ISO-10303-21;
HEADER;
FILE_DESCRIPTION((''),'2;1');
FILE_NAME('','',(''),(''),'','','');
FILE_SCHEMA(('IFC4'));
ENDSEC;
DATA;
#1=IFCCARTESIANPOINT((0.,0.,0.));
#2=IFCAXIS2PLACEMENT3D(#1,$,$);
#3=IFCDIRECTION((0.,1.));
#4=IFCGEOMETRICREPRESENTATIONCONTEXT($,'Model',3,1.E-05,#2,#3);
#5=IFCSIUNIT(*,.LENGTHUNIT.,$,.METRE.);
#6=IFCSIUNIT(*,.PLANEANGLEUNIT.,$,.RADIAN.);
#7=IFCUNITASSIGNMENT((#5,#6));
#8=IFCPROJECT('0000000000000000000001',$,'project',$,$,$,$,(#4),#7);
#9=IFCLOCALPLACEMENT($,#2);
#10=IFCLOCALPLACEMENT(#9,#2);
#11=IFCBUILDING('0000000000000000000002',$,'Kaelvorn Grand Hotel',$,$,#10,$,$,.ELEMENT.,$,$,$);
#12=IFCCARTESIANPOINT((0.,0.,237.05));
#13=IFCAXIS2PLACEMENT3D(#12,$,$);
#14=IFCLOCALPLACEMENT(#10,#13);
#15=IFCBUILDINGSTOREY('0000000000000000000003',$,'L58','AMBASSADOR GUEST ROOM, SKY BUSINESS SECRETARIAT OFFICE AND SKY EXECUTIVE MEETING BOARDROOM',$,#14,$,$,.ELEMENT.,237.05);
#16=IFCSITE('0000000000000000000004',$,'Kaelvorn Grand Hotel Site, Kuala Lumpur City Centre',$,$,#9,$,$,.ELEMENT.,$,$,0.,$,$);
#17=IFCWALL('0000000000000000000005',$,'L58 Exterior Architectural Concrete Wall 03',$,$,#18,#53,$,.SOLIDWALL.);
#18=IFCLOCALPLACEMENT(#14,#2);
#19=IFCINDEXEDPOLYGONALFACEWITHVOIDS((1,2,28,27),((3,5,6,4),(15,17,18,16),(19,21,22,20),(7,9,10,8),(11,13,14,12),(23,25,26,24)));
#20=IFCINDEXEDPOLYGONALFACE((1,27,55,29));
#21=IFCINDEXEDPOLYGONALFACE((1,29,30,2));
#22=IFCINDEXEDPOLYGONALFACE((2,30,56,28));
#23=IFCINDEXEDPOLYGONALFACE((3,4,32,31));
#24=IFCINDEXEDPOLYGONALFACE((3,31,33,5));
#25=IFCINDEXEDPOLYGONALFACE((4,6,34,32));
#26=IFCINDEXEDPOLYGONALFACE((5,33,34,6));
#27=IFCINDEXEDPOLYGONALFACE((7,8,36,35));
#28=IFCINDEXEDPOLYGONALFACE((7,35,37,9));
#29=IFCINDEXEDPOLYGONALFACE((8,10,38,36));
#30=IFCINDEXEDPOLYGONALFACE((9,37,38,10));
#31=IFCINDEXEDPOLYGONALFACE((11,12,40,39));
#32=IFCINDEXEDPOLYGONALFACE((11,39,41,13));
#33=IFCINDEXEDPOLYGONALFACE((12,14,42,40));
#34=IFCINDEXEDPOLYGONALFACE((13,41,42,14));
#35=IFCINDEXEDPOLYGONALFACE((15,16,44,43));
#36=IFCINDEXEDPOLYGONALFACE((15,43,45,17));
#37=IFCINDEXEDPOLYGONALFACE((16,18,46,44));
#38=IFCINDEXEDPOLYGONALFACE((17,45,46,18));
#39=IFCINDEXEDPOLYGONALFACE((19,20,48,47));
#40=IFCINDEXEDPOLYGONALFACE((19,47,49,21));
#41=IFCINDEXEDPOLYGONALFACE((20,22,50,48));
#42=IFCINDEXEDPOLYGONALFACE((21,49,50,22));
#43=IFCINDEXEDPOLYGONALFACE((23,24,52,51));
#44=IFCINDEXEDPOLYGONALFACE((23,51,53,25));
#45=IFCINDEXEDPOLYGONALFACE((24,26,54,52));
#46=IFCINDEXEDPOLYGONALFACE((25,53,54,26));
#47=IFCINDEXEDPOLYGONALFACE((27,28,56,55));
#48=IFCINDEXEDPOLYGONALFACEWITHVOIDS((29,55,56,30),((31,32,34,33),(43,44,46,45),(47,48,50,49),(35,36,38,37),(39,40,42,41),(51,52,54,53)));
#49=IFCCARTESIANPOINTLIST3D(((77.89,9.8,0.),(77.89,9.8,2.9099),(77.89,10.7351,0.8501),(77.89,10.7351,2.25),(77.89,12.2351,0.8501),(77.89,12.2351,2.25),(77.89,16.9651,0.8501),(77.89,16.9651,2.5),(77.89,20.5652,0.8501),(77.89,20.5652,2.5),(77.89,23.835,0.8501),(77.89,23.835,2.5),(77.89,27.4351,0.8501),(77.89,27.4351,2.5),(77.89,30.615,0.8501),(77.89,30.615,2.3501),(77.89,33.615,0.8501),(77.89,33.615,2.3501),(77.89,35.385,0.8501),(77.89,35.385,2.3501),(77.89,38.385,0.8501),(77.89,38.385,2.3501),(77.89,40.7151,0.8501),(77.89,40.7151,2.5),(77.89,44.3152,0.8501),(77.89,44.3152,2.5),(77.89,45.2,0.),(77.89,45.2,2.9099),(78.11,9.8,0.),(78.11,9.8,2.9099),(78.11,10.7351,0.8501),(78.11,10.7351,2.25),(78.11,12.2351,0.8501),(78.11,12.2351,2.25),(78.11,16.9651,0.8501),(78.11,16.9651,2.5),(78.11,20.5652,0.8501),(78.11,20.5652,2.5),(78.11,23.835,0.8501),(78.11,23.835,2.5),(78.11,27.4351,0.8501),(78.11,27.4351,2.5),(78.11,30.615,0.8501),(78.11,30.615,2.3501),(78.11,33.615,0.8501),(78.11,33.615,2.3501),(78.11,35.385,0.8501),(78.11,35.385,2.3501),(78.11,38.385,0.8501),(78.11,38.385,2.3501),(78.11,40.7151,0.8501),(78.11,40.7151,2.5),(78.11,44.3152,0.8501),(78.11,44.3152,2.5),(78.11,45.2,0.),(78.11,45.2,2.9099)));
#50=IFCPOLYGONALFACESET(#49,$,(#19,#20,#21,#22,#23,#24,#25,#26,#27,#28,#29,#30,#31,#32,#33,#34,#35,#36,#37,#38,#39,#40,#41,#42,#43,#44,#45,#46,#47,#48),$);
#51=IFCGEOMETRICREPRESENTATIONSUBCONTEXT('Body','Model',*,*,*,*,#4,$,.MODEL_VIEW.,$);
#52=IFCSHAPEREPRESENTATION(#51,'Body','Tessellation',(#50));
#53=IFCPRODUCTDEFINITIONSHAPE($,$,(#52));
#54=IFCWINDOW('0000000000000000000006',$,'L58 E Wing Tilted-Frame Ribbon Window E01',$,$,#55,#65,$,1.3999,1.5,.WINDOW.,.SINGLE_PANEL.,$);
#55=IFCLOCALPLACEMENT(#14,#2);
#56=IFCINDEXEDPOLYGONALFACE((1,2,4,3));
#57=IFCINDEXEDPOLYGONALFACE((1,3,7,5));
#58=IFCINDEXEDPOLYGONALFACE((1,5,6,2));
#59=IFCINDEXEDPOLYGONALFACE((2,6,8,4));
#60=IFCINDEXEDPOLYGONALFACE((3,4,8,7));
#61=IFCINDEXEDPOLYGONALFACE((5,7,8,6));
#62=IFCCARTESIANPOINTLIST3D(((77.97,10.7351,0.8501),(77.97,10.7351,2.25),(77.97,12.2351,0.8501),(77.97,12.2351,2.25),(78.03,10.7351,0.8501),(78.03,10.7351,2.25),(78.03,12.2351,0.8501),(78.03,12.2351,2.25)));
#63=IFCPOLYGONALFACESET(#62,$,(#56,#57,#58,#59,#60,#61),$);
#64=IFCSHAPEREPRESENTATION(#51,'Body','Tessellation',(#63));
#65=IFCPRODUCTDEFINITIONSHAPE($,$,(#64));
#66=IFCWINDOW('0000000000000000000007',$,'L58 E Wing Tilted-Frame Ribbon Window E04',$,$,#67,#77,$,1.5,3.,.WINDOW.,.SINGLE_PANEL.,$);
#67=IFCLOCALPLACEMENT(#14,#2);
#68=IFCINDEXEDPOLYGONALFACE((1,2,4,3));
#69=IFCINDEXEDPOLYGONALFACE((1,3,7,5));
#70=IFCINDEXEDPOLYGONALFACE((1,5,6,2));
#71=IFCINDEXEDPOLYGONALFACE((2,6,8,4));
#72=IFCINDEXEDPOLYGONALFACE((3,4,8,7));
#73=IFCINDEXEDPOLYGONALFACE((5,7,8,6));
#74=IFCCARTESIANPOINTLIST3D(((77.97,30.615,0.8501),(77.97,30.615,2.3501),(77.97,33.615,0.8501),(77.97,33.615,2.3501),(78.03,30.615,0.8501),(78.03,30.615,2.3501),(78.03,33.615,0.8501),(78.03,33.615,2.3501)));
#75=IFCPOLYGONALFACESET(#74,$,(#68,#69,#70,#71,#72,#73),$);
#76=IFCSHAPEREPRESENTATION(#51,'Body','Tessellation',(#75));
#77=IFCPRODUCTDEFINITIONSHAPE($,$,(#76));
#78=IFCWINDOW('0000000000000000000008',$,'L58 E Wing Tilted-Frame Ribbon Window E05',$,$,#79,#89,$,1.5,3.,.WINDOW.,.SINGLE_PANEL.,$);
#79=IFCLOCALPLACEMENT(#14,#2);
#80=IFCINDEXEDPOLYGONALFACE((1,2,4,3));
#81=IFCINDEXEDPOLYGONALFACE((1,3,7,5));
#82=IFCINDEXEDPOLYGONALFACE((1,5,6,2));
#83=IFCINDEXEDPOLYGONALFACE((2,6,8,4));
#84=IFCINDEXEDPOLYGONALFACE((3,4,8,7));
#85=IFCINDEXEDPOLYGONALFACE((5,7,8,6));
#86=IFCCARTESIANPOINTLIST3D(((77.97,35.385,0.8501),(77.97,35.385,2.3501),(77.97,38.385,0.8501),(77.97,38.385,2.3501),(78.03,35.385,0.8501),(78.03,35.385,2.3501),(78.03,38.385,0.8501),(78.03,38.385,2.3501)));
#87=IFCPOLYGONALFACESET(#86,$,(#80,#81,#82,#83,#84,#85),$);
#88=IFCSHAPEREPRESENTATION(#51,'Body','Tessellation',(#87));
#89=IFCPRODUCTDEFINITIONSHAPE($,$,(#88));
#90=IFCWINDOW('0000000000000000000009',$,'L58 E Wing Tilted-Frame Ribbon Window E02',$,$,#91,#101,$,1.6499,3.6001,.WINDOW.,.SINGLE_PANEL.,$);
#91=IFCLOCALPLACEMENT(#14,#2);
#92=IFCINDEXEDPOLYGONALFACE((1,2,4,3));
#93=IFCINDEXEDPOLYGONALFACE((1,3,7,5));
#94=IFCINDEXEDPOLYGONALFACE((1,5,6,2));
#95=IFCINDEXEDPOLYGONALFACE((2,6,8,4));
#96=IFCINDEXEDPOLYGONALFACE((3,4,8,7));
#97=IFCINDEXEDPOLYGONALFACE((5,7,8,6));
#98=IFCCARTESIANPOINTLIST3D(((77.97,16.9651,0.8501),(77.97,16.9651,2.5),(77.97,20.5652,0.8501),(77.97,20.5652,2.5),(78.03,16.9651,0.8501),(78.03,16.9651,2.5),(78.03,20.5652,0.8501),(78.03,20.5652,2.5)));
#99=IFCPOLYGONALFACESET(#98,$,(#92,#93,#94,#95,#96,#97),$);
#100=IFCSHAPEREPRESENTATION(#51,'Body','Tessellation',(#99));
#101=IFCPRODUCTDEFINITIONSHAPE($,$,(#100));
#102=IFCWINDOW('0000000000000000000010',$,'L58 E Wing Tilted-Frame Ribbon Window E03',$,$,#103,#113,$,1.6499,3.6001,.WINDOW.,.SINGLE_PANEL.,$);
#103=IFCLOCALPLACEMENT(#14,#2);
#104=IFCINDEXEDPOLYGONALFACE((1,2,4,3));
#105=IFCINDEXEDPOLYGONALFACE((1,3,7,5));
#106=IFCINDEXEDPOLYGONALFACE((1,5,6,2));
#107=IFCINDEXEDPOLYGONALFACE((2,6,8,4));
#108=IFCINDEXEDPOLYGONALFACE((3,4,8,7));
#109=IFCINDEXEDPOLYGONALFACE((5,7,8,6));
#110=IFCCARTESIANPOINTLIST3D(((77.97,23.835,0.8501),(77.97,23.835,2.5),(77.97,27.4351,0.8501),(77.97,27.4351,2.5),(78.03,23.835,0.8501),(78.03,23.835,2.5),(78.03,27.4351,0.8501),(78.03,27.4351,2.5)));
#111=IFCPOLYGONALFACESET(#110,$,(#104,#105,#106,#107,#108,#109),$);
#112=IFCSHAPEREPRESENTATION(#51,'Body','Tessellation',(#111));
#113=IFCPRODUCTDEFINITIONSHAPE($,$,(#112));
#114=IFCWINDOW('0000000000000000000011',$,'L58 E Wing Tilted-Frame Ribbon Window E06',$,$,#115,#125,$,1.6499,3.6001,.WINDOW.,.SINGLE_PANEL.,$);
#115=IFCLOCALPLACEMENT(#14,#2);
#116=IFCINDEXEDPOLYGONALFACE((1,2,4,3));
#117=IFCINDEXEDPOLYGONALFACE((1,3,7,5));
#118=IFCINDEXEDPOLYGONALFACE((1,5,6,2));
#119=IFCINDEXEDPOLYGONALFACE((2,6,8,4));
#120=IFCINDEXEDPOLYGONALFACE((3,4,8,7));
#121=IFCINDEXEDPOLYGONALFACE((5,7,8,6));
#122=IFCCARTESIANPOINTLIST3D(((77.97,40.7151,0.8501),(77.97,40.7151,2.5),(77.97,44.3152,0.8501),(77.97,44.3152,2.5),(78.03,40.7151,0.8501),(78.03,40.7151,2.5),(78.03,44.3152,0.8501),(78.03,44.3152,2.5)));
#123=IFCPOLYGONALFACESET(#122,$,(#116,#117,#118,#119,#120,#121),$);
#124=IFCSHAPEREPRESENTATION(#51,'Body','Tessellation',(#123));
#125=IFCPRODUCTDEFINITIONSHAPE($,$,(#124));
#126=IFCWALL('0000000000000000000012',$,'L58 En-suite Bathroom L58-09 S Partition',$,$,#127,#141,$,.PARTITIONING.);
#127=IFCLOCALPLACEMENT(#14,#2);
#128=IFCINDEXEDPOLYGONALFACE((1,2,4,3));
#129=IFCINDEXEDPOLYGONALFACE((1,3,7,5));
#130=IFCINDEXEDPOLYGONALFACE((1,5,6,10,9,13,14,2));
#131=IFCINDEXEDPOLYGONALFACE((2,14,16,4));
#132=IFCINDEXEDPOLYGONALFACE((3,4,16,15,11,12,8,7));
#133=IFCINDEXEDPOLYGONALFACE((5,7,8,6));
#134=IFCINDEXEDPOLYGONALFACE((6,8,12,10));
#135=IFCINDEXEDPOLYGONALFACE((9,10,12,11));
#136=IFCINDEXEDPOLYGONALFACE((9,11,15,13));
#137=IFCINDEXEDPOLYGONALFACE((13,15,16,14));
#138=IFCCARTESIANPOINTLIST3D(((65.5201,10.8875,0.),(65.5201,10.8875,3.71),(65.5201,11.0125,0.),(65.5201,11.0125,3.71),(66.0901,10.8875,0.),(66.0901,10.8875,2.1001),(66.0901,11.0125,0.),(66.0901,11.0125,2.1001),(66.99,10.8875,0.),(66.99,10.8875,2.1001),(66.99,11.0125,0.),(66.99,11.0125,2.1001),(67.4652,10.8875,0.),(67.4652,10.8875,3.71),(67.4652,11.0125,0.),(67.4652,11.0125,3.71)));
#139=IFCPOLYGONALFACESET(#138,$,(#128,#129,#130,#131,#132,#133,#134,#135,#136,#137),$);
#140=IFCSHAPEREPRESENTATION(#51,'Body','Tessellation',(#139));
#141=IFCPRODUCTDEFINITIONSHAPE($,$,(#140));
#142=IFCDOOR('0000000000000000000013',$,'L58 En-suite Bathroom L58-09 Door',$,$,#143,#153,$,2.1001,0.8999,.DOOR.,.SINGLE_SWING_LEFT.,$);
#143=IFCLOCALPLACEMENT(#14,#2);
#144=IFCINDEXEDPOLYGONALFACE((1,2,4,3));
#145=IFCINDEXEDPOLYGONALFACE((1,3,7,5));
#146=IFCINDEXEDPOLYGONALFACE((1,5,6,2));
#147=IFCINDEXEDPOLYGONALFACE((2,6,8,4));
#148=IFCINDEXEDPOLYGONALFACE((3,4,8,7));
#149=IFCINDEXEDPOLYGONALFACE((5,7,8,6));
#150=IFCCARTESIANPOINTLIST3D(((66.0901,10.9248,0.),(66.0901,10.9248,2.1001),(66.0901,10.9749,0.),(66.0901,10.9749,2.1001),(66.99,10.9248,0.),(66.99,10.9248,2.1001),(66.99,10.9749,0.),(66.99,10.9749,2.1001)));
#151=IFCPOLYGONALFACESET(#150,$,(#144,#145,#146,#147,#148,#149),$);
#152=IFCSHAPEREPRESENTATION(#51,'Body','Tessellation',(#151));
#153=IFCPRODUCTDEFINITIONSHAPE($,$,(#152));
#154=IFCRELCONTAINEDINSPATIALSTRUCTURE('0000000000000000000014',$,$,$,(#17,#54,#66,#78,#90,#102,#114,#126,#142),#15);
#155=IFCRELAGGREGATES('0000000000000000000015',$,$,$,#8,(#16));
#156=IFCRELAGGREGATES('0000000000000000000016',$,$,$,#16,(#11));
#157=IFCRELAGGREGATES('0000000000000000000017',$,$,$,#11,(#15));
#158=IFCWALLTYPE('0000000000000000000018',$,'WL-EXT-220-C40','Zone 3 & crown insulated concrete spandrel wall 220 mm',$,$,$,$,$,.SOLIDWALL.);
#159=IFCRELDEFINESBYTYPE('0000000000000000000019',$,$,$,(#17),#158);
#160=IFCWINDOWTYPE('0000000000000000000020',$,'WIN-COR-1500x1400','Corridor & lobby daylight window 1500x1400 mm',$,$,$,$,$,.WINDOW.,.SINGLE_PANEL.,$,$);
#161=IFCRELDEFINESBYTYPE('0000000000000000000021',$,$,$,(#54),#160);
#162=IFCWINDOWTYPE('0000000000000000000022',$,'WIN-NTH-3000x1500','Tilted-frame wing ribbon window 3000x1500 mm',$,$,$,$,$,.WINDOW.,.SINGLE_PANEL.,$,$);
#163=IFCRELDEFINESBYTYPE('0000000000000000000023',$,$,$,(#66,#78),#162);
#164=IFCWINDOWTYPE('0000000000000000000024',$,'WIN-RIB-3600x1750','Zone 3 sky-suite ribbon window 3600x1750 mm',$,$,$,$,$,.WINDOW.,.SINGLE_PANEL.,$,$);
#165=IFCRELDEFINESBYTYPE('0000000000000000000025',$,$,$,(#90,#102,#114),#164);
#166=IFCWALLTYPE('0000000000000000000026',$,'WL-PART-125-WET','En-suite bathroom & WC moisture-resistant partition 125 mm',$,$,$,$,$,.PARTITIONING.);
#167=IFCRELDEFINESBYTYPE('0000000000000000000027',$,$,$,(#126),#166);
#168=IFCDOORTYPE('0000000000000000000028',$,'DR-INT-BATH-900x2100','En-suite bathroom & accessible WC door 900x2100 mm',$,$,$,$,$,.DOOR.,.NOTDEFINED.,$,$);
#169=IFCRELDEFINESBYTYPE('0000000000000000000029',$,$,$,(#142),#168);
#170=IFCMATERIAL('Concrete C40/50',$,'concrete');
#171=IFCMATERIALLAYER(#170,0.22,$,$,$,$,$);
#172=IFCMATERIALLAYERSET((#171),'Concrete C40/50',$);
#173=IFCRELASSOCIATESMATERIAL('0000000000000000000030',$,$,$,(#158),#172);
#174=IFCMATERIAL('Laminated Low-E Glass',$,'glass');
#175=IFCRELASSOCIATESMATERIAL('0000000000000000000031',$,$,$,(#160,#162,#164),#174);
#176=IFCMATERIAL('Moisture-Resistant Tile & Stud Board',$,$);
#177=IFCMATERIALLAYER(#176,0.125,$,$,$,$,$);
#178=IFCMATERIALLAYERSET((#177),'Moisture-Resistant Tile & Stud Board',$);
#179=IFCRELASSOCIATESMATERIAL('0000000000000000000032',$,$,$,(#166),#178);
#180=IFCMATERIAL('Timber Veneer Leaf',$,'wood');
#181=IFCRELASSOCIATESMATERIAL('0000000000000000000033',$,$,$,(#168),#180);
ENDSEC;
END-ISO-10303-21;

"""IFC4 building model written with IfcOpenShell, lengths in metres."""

from ifc_helpers import new_model, si_unit, direction, frame, frame_2d, origin, place, context, subcontext, project, spatial, rectangle, extrude, material, layer, layer_set, type_object, element, fill, save


model = new_model("IFC4")

# Units and contexts
model_context = context("Model", 3, precision=1e-05, world=origin(), true_north=direction((0.0, 1.0)))
body_context = subcontext(model_context, "Body", "Model", "MODEL_VIEW")
ifc_project = project(units=[si_unit("LENGTHUNIT", "METRE"), si_unit("PLANEANGLEUNIT", "RADIAN")], contexts=[model_context])

# Site, building, storey
site_placement = place(None, origin())
site = spatial("IfcSite", under=ifc_project, at=site_placement, Name="Kaelvorn Grand Hotel Site, Kuala Lumpur City Centre", CompositionType="ELEMENT", RefElevation=0.0)
building_placement = place(site_placement, origin())
building = spatial("IfcBuilding", under=site, at=building_placement, Name="Kaelvorn Grand Hotel", CompositionType="ELEMENT")
storey_placement = place(building_placement, frame((0.0, 0.0, 237.05)))
storey = spatial("IfcBuildingStorey", under=building, at=storey_placement, Name="L58", Description="AMBASSADOR GUEST ROOM, SKY BUSINESS SECRETARIAT OFFICE AND SKY EXECUTIVE MEETING BOARDROOM", CompositionType="ELEMENT", Elevation=237.05)

# Shared definitions
ifc_material_1 = material(Name="Concrete C40/50", Category="concrete")

# Shared definitions
ifc_layer_1 = layer(ifc_material_1, 0.22)
ifc_layer_set_1 = layer_set([ifc_layer_1], Name="Concrete C40/50")
wall_type_1 = type_object("IfcWallType", Name="WL-EXT-220-C40", Description="Zone 3 & crown insulated concrete spandrel wall 220 mm", PredefinedType="SOLIDWALL", material=ifc_layer_set_1)
ifc_material_2 = material(Name="Laminated Low-E Glass", Category="glass")

# Wall, openings, windows
wall_1_placement = place(storey_placement, frame((78.0, 9.8, 0.0), z_axis=(0.0, 0.0, 1.0), x_axis=(0.0, 1.0, 0.0)))
wall_1 = element("IfcWall", 1, at=wall_1_placement, inside=storey, type_object=wall_type_1, Name="L58 Exterior Architectural Concrete Wall 03", PredefinedType="SOLIDWALL", context=body_context, shape_type="SweptSolid", body=[
    extrude(rectangle(XDim=35.3999, YDim=0.22, at=frame_2d((17.7, 0.0))), origin(), (0.0, 0.0, 1.0), 2.9099),
])
opening_1_placement = place(wall_1_placement, frame((0.9351, 0.0, 0.8501)))
opening_1 = element("IfcOpeningElement", 2, at=opening_1_placement, cuts=wall_1, PredefinedType="OPENING", context=body_context, shape_type="SweptSolid", body=[
    extrude(rectangle(XDim=1.5, YDim=1.3999, at=frame_2d((0.75, 0.7))), frame((0.0, 0.1201, 0.0), z_axis=(0.0, -1.0, 0.0), x_axis=(1.0, 0.0, 0.0)), (0.0, 0.0, 1.0), 0.24),
])
opening_2_placement = place(wall_1_placement, frame((7.165, 0.0, 0.8501)))
opening_2 = element("IfcOpeningElement", 3, at=opening_2_placement, cuts=wall_1, PredefinedType="OPENING", context=body_context, shape_type="SweptSolid", body=[
    extrude(rectangle(XDim=3.6001, YDim=1.6499, at=frame_2d((1.8, 0.825))), frame((0.0, 0.1201, 0.0), z_axis=(0.0, -1.0, 0.0), x_axis=(1.0, 0.0, 0.0)), (0.0, 0.0, 1.0), 0.24),
])
opening_3_placement = place(wall_1_placement, frame((14.0349, 0.0, 0.8501)))
opening_3 = element("IfcOpeningElement", 4, at=opening_3_placement, cuts=wall_1, PredefinedType="OPENING", context=body_context, shape_type="SweptSolid", body=[
    extrude(rectangle(XDim=3.6001, YDim=1.6499, at=frame_2d((1.8, 0.825))), frame((0.0, 0.1201, 0.0), z_axis=(0.0, -1.0, 0.0), x_axis=(1.0, 0.0, 0.0)), (0.0, 0.0, 1.0), 0.24),
])
opening_4_placement = place(wall_1_placement, frame((20.8149, 0.0, 0.8501)))
opening_4 = element("IfcOpeningElement", 5, at=opening_4_placement, cuts=wall_1, PredefinedType="OPENING", context=body_context, shape_type="SweptSolid", body=[
    extrude(rectangle(XDim=3.0, YDim=1.5, at=frame_2d((1.5, 0.75))), frame((0.0, 0.1201, 0.0), z_axis=(0.0, -1.0, 0.0), x_axis=(1.0, 0.0, 0.0)), (0.0, 0.0, 1.0), 0.24),
])
opening_5_placement = place(wall_1_placement, frame((25.585, 0.0, 0.8501)))
opening_5 = element("IfcOpeningElement", 6, at=opening_5_placement, cuts=wall_1, PredefinedType="OPENING", context=body_context, shape_type="SweptSolid", body=[
    extrude(rectangle(XDim=3.0, YDim=1.5, at=frame_2d((1.5, 0.75))), frame((0.0, 0.1201, 0.0), z_axis=(0.0, -1.0, 0.0), x_axis=(1.0, 0.0, 0.0)), (0.0, 0.0, 1.0), 0.24),
])
opening_6_placement = place(wall_1_placement, frame((30.915, 0.0, 0.8501)))
opening_6 = element("IfcOpeningElement", 7, at=opening_6_placement, cuts=wall_1, PredefinedType="OPENING", context=body_context, shape_type="SweptSolid", body=[
    extrude(rectangle(XDim=3.6001, YDim=1.6499, at=frame_2d((1.8, 0.825))), frame((0.0, 0.1201, 0.0), z_axis=(0.0, -1.0, 0.0), x_axis=(1.0, 0.0, 0.0)), (0.0, 0.0, 1.0), 0.24),
])
window_type_1 = type_object("IfcWindowType", Name="WIN-COR-1500x1400", Description="Corridor & lobby daylight window 1500x1400 mm", PartitioningType="SINGLE_PANEL", PredefinedType="WINDOW", material=ifc_material_2)
window_1_placement = place(opening_1_placement, origin())
window_1 = element("IfcWindow", 8, at=window_1_placement, inside=storey, type_object=window_type_1, Name="L58 E Wing Tilted-Frame Ribbon Window E01", OverallHeight=1.3999, OverallWidth=1.5, PartitioningType="SINGLE_PANEL", PredefinedType="WINDOW", context=body_context, shape_type="SweptSolid", body=[
    extrude(rectangle(XDim=1.5, YDim=1.3999, at=frame_2d((0.75, 0.7))), frame((0.0, 0.03, 0.0), z_axis=(0.0, -1.0, 0.0), x_axis=(1.0, 0.0, 0.0)), (0.0, 0.0, 1.0), 0.0601),
])
fill(opening_1, window_1)
window_type_2 = type_object("IfcWindowType", Name="WIN-NTH-3000x1500", Description="Tilted-frame wing ribbon window 3000x1500 mm", PartitioningType="SINGLE_PANEL", PredefinedType="WINDOW", material=ifc_material_2)
window_2_placement = place(opening_4_placement, origin())
window_2 = element("IfcWindow", 9, at=window_2_placement, inside=storey, type_object=window_type_2, Name="L58 E Wing Tilted-Frame Ribbon Window E04", OverallHeight=1.5, OverallWidth=3.0, PartitioningType="SINGLE_PANEL", PredefinedType="WINDOW", context=body_context, shape_type="SweptSolid", body=[
    extrude(rectangle(XDim=3.0, YDim=1.5, at=frame_2d((1.5, 0.75))), frame((0.0, 0.03, 0.0), z_axis=(0.0, -1.0, 0.0), x_axis=(1.0, 0.0, 0.0)), (0.0, 0.0, 1.0), 0.0601),
])
fill(opening_4, window_2)
window_3_placement = place(opening_5_placement, origin())
window_3 = element("IfcWindow", 10, at=window_3_placement, inside=storey, type_object=window_type_2, Name="L58 E Wing Tilted-Frame Ribbon Window E05", OverallHeight=1.5, OverallWidth=3.0, PartitioningType="SINGLE_PANEL", PredefinedType="WINDOW", context=body_context, shape_type="SweptSolid", body=[
    extrude(rectangle(XDim=3.0, YDim=1.5, at=frame_2d((1.5, 0.75))), frame((0.0, 0.03, 0.0), z_axis=(0.0, -1.0, 0.0), x_axis=(1.0, 0.0, 0.0)), (0.0, 0.0, 1.0), 0.0601),
])
fill(opening_5, window_3)
window_type_3 = type_object("IfcWindowType", Name="WIN-RIB-3600x1750", Description="Zone 3 sky-suite ribbon window 3600x1750 mm", PartitioningType="SINGLE_PANEL", PredefinedType="WINDOW", material=ifc_material_2)
window_4_placement = place(opening_2_placement, origin())
window_4 = element("IfcWindow", 11, at=window_4_placement, inside=storey, type_object=window_type_3, Name="L58 E Wing Tilted-Frame Ribbon Window E02", OverallHeight=1.6499, OverallWidth=3.6001, PartitioningType="SINGLE_PANEL", PredefinedType="WINDOW", context=body_context, shape_type="SweptSolid", body=[
    extrude(rectangle(XDim=3.6001, YDim=1.6499, at=frame_2d((1.8, 0.825))), frame((0.0, 0.03, 0.0), z_axis=(0.0, -1.0, 0.0), x_axis=(1.0, 0.0, 0.0)), (0.0, 0.0, 1.0), 0.0601),
])
fill(opening_2, window_4)
window_5_placement = place(opening_3_placement, origin())
window_5 = element("IfcWindow", 12, at=window_5_placement, inside=storey, type_object=window_type_3, Name="L58 E Wing Tilted-Frame Ribbon Window E03", OverallHeight=1.6499, OverallWidth=3.6001, PartitioningType="SINGLE_PANEL", PredefinedType="WINDOW", context=body_context, shape_type="SweptSolid", body=[
    extrude(rectangle(XDim=3.6001, YDim=1.6499, at=frame_2d((1.8, 0.825))), frame((0.0, 0.03, 0.0), z_axis=(0.0, -1.0, 0.0), x_axis=(1.0, 0.0, 0.0)), (0.0, 0.0, 1.0), 0.0601),
])
fill(opening_3, window_5)
window_6_placement = place(opening_6_placement, origin())
window_6 = element("IfcWindow", 13, at=window_6_placement, inside=storey, type_object=window_type_3, Name="L58 E Wing Tilted-Frame Ribbon Window E06", OverallHeight=1.6499, OverallWidth=3.6001, PartitioningType="SINGLE_PANEL", PredefinedType="WINDOW", context=body_context, shape_type="SweptSolid", body=[
    extrude(rectangle(XDim=3.6001, YDim=1.6499, at=frame_2d((1.8, 0.825))), frame((0.0, 0.03, 0.0), z_axis=(0.0, -1.0, 0.0), x_axis=(1.0, 0.0, 0.0)), (0.0, 0.0, 1.0), 0.0601),
])
fill(opening_6, window_6)

# Wall, opening, door
ifc_material_3 = material(Name="Moisture-Resistant Tile & Stud Board")
ifc_layer_2 = layer(ifc_material_3, 0.125)
ifc_layer_set_2 = layer_set([ifc_layer_2], Name="Moisture-Resistant Tile & Stud Board")
wall_type_2 = type_object("IfcWallType", Name="WL-PART-125-WET", Description="En-suite bathroom & WC moisture-resistant partition 125 mm", PredefinedType="PARTITIONING", material=ifc_layer_set_2)
wall_2_placement = place(storey_placement, frame((65.52, 10.95, 0.0), z_axis=(0.0, 0.0, 1.0), x_axis=(1.0, 0.0, 0.0)))
wall_2 = element("IfcWall", 14, at=wall_2_placement, inside=storey, type_object=wall_type_2, Name="L58 En-suite Bathroom L58-09 S Partition", PredefinedType="PARTITIONING", context=body_context, shape_type="SweptSolid", body=[
    extrude(rectangle(XDim=1.9451, YDim=0.125, at=frame_2d((0.9727, 0.0))), origin(), (0.0, 0.0, 1.0), 3.71),
])
opening_7_placement = place(wall_2_placement, frame((0.5701, 0.0, 0.0)))
opening_7 = element("IfcOpeningElement", 15, at=opening_7_placement, cuts=wall_2, PredefinedType="OPENING", context=body_context, shape_type="SweptSolid", body=[
    extrude(rectangle(XDim=0.8999, YDim=2.1001, at=frame_2d((0.45, 1.05))), frame((0.0, 0.0725, 0.0), z_axis=(0.0, -1.0, 0.0), x_axis=(1.0, 0.0, 0.0)), (0.0, 0.0, 1.0), 0.145),
])
ifc_material_4 = material(Name="Timber Veneer Leaf", Category="wood")
door_type = type_object("IfcDoorType", Name="DR-INT-BATH-900x2100", Description="En-suite bathroom & accessible WC door 900x2100 mm", OperationType="NOTDEFINED", PredefinedType="DOOR", material=ifc_material_4)
door_placement = place(opening_7_placement, origin())
door = element("IfcDoor", 16, at=door_placement, inside=storey, type_object=door_type, Name="L58 En-suite Bathroom L58-09 Door", OperationType="SINGLE_SWING_LEFT", OverallHeight=2.1001, OverallWidth=0.8999, PredefinedType="DOOR", context=body_context, shape_type="SweptSolid", body=[
    extrude(rectangle(XDim=0.8999, YDim=2.1001, at=frame_2d((0.45, 1.05))), frame((0.0, 0.0249, 0.0), z_axis=(0.0, -1.0, 0.0), x_axis=(1.0, 0.0, 0.0)), (0.0, 0.0, 1.0), 0.05),
])
fill(opening_7, door)

save(model, "model.ifc")
